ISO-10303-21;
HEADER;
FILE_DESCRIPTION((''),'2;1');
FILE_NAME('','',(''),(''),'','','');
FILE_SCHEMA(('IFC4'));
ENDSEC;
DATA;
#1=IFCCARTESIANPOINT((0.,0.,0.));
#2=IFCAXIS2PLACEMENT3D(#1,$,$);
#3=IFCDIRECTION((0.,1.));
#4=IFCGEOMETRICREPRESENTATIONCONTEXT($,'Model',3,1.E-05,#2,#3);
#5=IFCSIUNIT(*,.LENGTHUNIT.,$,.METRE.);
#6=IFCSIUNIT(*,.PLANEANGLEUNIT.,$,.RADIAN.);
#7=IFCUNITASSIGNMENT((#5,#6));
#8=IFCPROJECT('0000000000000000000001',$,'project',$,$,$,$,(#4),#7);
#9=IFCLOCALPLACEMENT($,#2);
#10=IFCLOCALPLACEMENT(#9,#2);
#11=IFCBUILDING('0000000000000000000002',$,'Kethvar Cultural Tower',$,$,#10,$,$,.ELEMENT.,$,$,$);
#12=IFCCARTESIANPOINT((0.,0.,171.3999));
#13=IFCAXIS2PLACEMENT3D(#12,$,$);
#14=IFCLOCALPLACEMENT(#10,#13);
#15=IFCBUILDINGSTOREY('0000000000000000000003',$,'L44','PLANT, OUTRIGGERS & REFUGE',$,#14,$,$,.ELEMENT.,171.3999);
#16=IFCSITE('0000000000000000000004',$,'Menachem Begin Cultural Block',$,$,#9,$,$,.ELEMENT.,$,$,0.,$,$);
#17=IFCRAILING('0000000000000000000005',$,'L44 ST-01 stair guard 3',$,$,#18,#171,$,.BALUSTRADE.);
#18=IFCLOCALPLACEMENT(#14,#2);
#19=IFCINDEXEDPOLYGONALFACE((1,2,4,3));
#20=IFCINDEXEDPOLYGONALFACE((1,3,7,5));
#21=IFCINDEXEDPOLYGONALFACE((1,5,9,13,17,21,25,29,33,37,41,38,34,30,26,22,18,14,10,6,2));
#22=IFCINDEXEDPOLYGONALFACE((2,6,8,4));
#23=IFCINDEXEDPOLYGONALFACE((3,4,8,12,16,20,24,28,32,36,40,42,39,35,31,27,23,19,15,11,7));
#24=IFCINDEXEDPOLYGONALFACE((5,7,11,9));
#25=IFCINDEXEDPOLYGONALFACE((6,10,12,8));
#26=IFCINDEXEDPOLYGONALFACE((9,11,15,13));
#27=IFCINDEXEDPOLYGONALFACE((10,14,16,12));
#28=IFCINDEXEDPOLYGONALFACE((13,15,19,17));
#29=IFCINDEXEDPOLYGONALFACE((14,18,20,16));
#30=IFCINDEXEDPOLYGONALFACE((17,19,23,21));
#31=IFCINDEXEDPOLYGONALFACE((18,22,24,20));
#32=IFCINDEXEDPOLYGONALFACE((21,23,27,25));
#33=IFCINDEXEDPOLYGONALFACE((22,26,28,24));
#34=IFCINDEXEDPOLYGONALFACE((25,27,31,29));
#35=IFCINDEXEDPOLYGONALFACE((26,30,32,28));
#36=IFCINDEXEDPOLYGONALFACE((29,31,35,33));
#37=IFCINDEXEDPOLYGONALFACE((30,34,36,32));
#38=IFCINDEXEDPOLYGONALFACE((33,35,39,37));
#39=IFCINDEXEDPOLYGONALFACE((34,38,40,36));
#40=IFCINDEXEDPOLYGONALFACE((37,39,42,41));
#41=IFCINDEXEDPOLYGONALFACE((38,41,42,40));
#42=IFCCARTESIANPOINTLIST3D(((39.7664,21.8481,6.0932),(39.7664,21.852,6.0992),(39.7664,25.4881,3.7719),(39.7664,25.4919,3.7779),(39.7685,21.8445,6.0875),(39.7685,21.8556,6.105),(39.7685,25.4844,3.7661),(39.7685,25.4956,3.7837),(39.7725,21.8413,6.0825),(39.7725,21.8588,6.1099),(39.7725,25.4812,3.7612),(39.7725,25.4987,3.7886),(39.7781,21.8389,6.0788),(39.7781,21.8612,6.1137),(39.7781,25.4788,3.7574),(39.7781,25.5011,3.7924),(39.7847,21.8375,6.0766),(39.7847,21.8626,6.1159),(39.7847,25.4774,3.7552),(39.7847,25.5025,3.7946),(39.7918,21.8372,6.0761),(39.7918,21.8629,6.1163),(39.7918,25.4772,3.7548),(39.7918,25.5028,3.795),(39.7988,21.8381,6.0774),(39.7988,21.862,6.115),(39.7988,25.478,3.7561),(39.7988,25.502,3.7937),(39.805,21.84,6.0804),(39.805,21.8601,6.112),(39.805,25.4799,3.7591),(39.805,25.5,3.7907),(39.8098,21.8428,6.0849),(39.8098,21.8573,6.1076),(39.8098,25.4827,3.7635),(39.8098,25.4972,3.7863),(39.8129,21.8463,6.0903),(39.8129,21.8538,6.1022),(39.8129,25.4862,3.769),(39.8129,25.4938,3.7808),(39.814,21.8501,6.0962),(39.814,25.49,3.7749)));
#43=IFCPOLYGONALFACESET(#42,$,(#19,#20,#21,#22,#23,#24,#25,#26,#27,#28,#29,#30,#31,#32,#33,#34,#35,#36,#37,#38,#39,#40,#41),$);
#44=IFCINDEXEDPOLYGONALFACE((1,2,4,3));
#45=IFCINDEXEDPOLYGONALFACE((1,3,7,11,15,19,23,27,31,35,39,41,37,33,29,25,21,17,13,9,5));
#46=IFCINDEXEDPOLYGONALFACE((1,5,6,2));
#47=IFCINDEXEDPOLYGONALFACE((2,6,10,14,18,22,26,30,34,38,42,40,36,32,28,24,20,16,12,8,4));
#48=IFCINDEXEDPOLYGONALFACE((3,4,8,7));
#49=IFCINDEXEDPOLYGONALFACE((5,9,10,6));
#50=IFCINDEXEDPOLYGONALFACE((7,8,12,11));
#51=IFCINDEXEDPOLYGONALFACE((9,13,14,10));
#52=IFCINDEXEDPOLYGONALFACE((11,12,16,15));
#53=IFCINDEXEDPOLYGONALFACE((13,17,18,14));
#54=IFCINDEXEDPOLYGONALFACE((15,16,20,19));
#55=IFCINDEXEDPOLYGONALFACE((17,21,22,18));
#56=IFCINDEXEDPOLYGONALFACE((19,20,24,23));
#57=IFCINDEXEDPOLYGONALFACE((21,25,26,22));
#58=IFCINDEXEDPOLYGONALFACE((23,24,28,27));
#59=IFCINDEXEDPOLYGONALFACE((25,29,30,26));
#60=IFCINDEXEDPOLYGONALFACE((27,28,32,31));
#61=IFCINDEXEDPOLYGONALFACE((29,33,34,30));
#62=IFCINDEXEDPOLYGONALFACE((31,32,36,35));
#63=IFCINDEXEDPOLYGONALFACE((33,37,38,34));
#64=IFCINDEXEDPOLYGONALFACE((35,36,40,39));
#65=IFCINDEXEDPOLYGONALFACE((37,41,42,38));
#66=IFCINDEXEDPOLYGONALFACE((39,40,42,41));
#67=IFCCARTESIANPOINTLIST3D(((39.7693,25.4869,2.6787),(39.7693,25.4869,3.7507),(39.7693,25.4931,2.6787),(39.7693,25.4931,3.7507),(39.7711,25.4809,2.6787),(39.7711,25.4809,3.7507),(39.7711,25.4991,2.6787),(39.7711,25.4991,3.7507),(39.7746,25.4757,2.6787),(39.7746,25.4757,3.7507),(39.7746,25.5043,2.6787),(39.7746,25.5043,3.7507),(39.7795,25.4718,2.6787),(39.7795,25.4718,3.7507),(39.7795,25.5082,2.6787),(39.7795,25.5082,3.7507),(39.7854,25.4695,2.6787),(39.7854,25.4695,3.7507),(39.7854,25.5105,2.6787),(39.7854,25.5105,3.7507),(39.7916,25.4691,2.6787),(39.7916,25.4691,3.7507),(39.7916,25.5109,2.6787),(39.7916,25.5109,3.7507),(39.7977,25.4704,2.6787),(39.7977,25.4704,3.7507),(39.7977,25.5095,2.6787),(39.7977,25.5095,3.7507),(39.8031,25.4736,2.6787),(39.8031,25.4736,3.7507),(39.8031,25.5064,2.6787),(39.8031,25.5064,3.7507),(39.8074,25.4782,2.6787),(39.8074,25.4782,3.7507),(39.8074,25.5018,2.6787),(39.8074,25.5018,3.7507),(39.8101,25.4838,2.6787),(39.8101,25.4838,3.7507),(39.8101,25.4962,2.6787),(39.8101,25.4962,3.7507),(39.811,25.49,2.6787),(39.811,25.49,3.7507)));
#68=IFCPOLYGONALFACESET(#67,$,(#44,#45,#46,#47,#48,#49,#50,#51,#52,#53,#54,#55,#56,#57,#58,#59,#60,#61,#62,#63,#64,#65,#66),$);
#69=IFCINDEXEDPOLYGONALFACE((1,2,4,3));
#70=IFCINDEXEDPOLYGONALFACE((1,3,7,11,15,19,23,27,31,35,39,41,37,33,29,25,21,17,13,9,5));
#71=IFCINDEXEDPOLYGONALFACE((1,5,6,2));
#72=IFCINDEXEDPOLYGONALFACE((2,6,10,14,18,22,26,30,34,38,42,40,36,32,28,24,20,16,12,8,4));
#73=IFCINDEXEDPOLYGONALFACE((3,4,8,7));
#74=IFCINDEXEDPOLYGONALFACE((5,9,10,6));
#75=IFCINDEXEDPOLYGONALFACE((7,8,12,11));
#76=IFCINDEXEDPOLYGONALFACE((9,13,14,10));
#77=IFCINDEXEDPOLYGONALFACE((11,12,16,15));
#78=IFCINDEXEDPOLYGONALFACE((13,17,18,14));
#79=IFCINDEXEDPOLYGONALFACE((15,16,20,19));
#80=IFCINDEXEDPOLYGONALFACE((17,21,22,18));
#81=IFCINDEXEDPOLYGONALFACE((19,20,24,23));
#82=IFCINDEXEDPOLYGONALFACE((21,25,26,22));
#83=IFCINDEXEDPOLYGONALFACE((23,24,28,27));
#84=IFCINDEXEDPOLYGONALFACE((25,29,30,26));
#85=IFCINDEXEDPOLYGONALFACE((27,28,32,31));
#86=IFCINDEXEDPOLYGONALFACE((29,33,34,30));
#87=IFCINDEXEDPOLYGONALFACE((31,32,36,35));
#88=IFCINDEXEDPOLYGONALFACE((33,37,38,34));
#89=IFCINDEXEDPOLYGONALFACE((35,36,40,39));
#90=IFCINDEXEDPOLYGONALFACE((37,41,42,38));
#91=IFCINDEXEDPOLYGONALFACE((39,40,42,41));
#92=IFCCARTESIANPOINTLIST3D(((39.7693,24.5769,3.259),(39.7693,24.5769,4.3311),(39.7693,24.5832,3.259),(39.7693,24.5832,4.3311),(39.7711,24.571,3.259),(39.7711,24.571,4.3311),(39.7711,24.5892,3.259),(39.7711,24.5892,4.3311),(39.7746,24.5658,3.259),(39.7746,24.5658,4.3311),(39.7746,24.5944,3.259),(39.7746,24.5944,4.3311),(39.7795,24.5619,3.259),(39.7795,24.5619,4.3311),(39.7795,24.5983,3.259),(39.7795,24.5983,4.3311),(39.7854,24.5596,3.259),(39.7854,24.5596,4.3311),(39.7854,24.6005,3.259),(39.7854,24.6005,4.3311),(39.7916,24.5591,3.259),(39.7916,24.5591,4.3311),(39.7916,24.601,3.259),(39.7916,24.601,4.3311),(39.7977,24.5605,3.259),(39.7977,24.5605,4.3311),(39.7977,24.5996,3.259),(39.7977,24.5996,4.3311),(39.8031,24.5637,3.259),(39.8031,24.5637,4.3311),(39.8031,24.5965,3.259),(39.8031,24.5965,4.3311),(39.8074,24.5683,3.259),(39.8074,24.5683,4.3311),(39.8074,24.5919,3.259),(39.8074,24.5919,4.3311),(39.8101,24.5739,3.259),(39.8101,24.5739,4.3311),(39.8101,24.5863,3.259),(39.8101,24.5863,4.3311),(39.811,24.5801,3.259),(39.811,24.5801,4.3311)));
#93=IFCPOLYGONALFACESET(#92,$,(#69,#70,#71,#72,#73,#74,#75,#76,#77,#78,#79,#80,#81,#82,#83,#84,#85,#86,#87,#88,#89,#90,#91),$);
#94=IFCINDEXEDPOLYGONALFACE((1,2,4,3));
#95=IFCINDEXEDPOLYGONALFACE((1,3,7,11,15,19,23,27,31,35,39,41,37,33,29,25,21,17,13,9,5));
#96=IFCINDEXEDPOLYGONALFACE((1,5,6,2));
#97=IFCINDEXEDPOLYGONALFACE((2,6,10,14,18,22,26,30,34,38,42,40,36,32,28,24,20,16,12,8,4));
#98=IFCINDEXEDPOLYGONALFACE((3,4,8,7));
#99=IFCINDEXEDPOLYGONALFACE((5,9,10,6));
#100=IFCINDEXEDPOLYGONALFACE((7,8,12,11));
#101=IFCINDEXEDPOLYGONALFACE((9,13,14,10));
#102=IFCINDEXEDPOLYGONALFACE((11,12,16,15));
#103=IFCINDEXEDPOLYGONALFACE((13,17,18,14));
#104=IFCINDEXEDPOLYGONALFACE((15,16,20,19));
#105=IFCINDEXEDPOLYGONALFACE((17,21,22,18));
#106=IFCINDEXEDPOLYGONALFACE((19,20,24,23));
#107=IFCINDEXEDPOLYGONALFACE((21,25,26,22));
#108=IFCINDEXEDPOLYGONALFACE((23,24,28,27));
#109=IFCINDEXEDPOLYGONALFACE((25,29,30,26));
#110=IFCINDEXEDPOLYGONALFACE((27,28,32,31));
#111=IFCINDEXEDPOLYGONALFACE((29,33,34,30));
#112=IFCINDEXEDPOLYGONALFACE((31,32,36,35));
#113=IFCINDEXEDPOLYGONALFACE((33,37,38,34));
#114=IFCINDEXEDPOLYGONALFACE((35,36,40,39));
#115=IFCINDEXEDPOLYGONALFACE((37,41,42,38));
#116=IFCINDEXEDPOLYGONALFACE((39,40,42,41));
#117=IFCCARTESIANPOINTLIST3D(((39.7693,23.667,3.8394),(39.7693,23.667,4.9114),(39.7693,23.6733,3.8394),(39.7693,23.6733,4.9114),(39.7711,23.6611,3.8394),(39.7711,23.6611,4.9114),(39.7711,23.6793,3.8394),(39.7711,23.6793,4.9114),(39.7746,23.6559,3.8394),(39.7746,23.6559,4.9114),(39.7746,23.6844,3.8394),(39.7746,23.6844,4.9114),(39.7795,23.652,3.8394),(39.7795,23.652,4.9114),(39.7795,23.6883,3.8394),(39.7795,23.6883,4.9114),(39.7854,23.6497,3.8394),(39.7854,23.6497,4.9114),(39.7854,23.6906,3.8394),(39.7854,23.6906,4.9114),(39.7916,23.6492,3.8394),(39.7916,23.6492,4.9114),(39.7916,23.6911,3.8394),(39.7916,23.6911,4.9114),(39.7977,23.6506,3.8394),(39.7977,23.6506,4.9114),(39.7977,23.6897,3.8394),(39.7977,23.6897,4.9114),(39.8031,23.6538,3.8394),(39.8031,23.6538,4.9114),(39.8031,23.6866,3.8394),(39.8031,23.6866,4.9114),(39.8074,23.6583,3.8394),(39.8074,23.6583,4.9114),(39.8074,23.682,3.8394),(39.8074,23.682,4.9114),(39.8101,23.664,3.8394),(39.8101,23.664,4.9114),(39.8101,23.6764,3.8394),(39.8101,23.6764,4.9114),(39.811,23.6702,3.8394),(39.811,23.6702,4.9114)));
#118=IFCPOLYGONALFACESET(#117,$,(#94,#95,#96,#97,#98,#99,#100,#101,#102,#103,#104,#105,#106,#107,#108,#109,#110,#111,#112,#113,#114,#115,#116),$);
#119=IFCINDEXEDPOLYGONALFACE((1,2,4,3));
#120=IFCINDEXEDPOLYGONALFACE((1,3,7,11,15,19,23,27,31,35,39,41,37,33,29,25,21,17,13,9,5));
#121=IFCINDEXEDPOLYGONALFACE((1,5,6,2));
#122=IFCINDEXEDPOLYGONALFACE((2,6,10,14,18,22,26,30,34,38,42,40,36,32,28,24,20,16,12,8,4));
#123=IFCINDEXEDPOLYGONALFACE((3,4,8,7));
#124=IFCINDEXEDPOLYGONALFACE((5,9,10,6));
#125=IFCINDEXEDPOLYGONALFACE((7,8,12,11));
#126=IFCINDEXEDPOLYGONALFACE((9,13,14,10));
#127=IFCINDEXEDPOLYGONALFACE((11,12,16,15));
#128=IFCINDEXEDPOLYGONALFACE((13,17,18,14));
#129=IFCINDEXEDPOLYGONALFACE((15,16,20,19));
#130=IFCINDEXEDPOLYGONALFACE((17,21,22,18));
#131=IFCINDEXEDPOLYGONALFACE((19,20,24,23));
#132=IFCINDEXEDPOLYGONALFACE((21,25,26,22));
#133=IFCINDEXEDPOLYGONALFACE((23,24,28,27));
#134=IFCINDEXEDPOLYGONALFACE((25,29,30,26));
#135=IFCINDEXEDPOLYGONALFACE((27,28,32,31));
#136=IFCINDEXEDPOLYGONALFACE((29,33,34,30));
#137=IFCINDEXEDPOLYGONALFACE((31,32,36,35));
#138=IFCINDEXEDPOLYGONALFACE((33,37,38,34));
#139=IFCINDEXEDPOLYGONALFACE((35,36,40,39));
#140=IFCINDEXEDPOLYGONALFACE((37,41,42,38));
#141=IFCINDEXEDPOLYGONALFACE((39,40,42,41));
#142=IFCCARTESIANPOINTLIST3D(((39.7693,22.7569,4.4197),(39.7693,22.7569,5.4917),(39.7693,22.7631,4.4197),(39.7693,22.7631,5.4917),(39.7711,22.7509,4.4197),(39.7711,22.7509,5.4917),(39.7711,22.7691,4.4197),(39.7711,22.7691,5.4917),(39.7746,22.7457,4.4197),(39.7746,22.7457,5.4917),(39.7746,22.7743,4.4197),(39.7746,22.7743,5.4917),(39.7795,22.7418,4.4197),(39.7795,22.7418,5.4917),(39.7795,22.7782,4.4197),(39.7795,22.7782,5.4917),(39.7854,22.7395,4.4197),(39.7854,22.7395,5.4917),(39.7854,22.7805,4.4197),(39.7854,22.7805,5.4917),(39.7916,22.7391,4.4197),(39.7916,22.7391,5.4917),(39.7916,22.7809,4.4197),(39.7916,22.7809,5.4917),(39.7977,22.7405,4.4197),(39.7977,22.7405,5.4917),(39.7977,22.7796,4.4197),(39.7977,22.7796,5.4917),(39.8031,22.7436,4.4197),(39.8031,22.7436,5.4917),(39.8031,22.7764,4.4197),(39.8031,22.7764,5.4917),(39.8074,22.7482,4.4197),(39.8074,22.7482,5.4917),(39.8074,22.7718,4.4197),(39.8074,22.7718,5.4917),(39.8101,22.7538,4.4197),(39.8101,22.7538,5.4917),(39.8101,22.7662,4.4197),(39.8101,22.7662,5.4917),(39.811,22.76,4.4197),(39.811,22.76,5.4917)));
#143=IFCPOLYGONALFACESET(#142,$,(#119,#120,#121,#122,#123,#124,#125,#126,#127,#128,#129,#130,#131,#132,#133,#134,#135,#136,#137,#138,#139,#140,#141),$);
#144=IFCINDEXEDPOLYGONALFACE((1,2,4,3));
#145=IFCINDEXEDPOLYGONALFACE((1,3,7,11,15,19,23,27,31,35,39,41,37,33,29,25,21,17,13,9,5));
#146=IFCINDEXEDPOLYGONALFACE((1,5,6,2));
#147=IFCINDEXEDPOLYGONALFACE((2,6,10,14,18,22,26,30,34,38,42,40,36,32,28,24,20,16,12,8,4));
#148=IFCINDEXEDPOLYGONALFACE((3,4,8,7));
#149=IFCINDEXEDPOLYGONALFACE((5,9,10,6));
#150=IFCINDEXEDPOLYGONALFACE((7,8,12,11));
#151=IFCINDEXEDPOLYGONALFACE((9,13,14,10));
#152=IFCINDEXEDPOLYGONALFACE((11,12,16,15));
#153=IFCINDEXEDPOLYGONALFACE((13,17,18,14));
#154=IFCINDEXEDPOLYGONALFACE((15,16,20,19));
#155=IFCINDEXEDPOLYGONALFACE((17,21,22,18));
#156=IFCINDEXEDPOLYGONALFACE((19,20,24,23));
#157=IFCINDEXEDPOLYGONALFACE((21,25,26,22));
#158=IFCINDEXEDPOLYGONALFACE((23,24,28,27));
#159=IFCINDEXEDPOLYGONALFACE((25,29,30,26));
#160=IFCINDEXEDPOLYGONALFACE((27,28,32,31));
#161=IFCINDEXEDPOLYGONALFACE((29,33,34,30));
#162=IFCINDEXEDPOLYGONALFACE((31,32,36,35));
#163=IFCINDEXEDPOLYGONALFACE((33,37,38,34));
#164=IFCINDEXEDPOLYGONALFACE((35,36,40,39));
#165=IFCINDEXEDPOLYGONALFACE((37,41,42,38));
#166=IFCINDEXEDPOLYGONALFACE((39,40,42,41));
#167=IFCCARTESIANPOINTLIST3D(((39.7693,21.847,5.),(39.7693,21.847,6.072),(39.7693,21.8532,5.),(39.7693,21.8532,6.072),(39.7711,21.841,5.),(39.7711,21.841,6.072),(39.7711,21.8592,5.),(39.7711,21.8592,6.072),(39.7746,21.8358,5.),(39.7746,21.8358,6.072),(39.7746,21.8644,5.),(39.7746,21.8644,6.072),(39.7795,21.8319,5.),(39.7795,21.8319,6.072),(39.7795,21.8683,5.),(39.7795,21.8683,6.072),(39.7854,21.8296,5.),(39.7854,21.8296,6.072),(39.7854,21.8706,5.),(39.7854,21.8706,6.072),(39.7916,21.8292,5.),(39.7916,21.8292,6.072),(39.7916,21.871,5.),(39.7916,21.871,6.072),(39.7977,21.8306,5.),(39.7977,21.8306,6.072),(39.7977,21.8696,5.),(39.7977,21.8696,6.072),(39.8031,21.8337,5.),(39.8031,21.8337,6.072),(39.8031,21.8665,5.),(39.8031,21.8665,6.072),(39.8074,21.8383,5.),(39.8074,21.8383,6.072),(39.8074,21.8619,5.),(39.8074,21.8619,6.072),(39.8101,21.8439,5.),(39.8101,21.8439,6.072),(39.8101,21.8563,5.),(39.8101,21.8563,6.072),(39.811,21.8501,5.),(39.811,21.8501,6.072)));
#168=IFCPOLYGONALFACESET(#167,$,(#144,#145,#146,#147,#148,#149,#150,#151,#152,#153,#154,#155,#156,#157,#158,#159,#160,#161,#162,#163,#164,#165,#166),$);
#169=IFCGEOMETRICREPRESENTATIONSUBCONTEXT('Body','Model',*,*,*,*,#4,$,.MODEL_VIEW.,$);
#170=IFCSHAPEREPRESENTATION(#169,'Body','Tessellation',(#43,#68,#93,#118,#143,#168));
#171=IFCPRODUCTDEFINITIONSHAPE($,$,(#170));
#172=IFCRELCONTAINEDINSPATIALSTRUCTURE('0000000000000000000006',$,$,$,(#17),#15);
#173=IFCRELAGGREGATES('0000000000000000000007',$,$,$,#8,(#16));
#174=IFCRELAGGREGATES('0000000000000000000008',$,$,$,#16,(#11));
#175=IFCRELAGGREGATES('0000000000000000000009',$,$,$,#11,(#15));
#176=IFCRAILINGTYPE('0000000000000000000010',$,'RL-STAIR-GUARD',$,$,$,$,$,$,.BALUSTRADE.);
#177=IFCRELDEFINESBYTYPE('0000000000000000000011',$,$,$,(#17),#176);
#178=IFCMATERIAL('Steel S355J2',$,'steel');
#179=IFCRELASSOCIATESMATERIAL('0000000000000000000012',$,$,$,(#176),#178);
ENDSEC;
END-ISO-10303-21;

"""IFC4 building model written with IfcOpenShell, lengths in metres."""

from ifc_helpers import new_model, si_unit, direction, frame, origin, origin_2d, place, context, subcontext, project, spatial, circle, extrude, material, type_object, element, save


model = new_model("IFC4")

# Units and contexts
model_context = context("Model", 3, precision=1e-05, world=origin(), true_north=direction((0.0, 1.0)))
body_context = subcontext(model_context, "Body", "Model", "MODEL_VIEW")
ifc_project = project(units=[si_unit("LENGTHUNIT", "METRE"), si_unit("PLANEANGLEUNIT", "RADIAN")], contexts=[model_context])

# Site, building, storey
site_placement = place(None, origin())
site = spatial("IfcSite", under=ifc_project, at=site_placement, Name="Menachem Begin Cultural Block", CompositionType="ELEMENT", RefElevation=0.0)
building_placement = place(site_placement, origin())
building = spatial("IfcBuilding", under=site, at=building_placement, Name="Kethvar Cultural Tower", CompositionType="ELEMENT")
storey_placement = place(building_placement, frame((0.0, 0.0, 171.3999)))
storey = spatial("IfcBuildingStorey", under=building, at=storey_placement, Name="L44", Description="PLANT, OUTRIGGERS & REFUGE", CompositionType="ELEMENT", Elevation=171.3999)

# Shared definitions
ifc_material_1 = material(Name="Steel S355J2", Category="steel")

# Railing
railing_type = type_object("IfcRailingType", Name="RL-STAIR-GUARD", PredefinedType="BALUSTRADE", material=ifc_material_1)
railing_1_placement = place(storey_placement, frame((39.79, 25.49, 2.6787)))
element("IfcRailing", 1, at=railing_1_placement, inside=storey, type_object=railing_type, Name="L44 ST-01 stair guard 3", PredefinedType="BALUSTRADE", context=body_context, shape_type="SweptSolid", body=[
    extrude(circle(Radius=0.0239, at=origin_2d()), frame((0.0, 0.0, 1.0962), z_axis=(0.0, -0.843137, 0.537699), x_axis=(1.0, 0.0, 0.0)), (0.0, 0.0, 1.0), 4.3171),
    extrude(circle(Radius=0.021, at=origin_2d()), origin(), (0.0, 0.0, 1.0), 1.072),
    extrude(circle(Radius=0.021, at=origin_2d()), frame((0.0, -0.9099, 0.5803)), (0.0, 0.0, 1.0), 1.072),
    extrude(circle(Radius=0.021, at=origin_2d()), frame((0.0, -1.8198, 1.1606)), (0.0, 0.0, 1.0), 1.072),
    extrude(circle(Radius=0.021, at=origin_2d()), frame((0.0, -2.73, 1.741)), (0.0, 0.0, 1.0), 1.072),
    extrude(circle(Radius=0.021, at=origin_2d()), frame((0.0, -3.6399, 2.3213)), (0.0, 0.0, 1.0), 1.072),
])

save(model, "model.ifc")
